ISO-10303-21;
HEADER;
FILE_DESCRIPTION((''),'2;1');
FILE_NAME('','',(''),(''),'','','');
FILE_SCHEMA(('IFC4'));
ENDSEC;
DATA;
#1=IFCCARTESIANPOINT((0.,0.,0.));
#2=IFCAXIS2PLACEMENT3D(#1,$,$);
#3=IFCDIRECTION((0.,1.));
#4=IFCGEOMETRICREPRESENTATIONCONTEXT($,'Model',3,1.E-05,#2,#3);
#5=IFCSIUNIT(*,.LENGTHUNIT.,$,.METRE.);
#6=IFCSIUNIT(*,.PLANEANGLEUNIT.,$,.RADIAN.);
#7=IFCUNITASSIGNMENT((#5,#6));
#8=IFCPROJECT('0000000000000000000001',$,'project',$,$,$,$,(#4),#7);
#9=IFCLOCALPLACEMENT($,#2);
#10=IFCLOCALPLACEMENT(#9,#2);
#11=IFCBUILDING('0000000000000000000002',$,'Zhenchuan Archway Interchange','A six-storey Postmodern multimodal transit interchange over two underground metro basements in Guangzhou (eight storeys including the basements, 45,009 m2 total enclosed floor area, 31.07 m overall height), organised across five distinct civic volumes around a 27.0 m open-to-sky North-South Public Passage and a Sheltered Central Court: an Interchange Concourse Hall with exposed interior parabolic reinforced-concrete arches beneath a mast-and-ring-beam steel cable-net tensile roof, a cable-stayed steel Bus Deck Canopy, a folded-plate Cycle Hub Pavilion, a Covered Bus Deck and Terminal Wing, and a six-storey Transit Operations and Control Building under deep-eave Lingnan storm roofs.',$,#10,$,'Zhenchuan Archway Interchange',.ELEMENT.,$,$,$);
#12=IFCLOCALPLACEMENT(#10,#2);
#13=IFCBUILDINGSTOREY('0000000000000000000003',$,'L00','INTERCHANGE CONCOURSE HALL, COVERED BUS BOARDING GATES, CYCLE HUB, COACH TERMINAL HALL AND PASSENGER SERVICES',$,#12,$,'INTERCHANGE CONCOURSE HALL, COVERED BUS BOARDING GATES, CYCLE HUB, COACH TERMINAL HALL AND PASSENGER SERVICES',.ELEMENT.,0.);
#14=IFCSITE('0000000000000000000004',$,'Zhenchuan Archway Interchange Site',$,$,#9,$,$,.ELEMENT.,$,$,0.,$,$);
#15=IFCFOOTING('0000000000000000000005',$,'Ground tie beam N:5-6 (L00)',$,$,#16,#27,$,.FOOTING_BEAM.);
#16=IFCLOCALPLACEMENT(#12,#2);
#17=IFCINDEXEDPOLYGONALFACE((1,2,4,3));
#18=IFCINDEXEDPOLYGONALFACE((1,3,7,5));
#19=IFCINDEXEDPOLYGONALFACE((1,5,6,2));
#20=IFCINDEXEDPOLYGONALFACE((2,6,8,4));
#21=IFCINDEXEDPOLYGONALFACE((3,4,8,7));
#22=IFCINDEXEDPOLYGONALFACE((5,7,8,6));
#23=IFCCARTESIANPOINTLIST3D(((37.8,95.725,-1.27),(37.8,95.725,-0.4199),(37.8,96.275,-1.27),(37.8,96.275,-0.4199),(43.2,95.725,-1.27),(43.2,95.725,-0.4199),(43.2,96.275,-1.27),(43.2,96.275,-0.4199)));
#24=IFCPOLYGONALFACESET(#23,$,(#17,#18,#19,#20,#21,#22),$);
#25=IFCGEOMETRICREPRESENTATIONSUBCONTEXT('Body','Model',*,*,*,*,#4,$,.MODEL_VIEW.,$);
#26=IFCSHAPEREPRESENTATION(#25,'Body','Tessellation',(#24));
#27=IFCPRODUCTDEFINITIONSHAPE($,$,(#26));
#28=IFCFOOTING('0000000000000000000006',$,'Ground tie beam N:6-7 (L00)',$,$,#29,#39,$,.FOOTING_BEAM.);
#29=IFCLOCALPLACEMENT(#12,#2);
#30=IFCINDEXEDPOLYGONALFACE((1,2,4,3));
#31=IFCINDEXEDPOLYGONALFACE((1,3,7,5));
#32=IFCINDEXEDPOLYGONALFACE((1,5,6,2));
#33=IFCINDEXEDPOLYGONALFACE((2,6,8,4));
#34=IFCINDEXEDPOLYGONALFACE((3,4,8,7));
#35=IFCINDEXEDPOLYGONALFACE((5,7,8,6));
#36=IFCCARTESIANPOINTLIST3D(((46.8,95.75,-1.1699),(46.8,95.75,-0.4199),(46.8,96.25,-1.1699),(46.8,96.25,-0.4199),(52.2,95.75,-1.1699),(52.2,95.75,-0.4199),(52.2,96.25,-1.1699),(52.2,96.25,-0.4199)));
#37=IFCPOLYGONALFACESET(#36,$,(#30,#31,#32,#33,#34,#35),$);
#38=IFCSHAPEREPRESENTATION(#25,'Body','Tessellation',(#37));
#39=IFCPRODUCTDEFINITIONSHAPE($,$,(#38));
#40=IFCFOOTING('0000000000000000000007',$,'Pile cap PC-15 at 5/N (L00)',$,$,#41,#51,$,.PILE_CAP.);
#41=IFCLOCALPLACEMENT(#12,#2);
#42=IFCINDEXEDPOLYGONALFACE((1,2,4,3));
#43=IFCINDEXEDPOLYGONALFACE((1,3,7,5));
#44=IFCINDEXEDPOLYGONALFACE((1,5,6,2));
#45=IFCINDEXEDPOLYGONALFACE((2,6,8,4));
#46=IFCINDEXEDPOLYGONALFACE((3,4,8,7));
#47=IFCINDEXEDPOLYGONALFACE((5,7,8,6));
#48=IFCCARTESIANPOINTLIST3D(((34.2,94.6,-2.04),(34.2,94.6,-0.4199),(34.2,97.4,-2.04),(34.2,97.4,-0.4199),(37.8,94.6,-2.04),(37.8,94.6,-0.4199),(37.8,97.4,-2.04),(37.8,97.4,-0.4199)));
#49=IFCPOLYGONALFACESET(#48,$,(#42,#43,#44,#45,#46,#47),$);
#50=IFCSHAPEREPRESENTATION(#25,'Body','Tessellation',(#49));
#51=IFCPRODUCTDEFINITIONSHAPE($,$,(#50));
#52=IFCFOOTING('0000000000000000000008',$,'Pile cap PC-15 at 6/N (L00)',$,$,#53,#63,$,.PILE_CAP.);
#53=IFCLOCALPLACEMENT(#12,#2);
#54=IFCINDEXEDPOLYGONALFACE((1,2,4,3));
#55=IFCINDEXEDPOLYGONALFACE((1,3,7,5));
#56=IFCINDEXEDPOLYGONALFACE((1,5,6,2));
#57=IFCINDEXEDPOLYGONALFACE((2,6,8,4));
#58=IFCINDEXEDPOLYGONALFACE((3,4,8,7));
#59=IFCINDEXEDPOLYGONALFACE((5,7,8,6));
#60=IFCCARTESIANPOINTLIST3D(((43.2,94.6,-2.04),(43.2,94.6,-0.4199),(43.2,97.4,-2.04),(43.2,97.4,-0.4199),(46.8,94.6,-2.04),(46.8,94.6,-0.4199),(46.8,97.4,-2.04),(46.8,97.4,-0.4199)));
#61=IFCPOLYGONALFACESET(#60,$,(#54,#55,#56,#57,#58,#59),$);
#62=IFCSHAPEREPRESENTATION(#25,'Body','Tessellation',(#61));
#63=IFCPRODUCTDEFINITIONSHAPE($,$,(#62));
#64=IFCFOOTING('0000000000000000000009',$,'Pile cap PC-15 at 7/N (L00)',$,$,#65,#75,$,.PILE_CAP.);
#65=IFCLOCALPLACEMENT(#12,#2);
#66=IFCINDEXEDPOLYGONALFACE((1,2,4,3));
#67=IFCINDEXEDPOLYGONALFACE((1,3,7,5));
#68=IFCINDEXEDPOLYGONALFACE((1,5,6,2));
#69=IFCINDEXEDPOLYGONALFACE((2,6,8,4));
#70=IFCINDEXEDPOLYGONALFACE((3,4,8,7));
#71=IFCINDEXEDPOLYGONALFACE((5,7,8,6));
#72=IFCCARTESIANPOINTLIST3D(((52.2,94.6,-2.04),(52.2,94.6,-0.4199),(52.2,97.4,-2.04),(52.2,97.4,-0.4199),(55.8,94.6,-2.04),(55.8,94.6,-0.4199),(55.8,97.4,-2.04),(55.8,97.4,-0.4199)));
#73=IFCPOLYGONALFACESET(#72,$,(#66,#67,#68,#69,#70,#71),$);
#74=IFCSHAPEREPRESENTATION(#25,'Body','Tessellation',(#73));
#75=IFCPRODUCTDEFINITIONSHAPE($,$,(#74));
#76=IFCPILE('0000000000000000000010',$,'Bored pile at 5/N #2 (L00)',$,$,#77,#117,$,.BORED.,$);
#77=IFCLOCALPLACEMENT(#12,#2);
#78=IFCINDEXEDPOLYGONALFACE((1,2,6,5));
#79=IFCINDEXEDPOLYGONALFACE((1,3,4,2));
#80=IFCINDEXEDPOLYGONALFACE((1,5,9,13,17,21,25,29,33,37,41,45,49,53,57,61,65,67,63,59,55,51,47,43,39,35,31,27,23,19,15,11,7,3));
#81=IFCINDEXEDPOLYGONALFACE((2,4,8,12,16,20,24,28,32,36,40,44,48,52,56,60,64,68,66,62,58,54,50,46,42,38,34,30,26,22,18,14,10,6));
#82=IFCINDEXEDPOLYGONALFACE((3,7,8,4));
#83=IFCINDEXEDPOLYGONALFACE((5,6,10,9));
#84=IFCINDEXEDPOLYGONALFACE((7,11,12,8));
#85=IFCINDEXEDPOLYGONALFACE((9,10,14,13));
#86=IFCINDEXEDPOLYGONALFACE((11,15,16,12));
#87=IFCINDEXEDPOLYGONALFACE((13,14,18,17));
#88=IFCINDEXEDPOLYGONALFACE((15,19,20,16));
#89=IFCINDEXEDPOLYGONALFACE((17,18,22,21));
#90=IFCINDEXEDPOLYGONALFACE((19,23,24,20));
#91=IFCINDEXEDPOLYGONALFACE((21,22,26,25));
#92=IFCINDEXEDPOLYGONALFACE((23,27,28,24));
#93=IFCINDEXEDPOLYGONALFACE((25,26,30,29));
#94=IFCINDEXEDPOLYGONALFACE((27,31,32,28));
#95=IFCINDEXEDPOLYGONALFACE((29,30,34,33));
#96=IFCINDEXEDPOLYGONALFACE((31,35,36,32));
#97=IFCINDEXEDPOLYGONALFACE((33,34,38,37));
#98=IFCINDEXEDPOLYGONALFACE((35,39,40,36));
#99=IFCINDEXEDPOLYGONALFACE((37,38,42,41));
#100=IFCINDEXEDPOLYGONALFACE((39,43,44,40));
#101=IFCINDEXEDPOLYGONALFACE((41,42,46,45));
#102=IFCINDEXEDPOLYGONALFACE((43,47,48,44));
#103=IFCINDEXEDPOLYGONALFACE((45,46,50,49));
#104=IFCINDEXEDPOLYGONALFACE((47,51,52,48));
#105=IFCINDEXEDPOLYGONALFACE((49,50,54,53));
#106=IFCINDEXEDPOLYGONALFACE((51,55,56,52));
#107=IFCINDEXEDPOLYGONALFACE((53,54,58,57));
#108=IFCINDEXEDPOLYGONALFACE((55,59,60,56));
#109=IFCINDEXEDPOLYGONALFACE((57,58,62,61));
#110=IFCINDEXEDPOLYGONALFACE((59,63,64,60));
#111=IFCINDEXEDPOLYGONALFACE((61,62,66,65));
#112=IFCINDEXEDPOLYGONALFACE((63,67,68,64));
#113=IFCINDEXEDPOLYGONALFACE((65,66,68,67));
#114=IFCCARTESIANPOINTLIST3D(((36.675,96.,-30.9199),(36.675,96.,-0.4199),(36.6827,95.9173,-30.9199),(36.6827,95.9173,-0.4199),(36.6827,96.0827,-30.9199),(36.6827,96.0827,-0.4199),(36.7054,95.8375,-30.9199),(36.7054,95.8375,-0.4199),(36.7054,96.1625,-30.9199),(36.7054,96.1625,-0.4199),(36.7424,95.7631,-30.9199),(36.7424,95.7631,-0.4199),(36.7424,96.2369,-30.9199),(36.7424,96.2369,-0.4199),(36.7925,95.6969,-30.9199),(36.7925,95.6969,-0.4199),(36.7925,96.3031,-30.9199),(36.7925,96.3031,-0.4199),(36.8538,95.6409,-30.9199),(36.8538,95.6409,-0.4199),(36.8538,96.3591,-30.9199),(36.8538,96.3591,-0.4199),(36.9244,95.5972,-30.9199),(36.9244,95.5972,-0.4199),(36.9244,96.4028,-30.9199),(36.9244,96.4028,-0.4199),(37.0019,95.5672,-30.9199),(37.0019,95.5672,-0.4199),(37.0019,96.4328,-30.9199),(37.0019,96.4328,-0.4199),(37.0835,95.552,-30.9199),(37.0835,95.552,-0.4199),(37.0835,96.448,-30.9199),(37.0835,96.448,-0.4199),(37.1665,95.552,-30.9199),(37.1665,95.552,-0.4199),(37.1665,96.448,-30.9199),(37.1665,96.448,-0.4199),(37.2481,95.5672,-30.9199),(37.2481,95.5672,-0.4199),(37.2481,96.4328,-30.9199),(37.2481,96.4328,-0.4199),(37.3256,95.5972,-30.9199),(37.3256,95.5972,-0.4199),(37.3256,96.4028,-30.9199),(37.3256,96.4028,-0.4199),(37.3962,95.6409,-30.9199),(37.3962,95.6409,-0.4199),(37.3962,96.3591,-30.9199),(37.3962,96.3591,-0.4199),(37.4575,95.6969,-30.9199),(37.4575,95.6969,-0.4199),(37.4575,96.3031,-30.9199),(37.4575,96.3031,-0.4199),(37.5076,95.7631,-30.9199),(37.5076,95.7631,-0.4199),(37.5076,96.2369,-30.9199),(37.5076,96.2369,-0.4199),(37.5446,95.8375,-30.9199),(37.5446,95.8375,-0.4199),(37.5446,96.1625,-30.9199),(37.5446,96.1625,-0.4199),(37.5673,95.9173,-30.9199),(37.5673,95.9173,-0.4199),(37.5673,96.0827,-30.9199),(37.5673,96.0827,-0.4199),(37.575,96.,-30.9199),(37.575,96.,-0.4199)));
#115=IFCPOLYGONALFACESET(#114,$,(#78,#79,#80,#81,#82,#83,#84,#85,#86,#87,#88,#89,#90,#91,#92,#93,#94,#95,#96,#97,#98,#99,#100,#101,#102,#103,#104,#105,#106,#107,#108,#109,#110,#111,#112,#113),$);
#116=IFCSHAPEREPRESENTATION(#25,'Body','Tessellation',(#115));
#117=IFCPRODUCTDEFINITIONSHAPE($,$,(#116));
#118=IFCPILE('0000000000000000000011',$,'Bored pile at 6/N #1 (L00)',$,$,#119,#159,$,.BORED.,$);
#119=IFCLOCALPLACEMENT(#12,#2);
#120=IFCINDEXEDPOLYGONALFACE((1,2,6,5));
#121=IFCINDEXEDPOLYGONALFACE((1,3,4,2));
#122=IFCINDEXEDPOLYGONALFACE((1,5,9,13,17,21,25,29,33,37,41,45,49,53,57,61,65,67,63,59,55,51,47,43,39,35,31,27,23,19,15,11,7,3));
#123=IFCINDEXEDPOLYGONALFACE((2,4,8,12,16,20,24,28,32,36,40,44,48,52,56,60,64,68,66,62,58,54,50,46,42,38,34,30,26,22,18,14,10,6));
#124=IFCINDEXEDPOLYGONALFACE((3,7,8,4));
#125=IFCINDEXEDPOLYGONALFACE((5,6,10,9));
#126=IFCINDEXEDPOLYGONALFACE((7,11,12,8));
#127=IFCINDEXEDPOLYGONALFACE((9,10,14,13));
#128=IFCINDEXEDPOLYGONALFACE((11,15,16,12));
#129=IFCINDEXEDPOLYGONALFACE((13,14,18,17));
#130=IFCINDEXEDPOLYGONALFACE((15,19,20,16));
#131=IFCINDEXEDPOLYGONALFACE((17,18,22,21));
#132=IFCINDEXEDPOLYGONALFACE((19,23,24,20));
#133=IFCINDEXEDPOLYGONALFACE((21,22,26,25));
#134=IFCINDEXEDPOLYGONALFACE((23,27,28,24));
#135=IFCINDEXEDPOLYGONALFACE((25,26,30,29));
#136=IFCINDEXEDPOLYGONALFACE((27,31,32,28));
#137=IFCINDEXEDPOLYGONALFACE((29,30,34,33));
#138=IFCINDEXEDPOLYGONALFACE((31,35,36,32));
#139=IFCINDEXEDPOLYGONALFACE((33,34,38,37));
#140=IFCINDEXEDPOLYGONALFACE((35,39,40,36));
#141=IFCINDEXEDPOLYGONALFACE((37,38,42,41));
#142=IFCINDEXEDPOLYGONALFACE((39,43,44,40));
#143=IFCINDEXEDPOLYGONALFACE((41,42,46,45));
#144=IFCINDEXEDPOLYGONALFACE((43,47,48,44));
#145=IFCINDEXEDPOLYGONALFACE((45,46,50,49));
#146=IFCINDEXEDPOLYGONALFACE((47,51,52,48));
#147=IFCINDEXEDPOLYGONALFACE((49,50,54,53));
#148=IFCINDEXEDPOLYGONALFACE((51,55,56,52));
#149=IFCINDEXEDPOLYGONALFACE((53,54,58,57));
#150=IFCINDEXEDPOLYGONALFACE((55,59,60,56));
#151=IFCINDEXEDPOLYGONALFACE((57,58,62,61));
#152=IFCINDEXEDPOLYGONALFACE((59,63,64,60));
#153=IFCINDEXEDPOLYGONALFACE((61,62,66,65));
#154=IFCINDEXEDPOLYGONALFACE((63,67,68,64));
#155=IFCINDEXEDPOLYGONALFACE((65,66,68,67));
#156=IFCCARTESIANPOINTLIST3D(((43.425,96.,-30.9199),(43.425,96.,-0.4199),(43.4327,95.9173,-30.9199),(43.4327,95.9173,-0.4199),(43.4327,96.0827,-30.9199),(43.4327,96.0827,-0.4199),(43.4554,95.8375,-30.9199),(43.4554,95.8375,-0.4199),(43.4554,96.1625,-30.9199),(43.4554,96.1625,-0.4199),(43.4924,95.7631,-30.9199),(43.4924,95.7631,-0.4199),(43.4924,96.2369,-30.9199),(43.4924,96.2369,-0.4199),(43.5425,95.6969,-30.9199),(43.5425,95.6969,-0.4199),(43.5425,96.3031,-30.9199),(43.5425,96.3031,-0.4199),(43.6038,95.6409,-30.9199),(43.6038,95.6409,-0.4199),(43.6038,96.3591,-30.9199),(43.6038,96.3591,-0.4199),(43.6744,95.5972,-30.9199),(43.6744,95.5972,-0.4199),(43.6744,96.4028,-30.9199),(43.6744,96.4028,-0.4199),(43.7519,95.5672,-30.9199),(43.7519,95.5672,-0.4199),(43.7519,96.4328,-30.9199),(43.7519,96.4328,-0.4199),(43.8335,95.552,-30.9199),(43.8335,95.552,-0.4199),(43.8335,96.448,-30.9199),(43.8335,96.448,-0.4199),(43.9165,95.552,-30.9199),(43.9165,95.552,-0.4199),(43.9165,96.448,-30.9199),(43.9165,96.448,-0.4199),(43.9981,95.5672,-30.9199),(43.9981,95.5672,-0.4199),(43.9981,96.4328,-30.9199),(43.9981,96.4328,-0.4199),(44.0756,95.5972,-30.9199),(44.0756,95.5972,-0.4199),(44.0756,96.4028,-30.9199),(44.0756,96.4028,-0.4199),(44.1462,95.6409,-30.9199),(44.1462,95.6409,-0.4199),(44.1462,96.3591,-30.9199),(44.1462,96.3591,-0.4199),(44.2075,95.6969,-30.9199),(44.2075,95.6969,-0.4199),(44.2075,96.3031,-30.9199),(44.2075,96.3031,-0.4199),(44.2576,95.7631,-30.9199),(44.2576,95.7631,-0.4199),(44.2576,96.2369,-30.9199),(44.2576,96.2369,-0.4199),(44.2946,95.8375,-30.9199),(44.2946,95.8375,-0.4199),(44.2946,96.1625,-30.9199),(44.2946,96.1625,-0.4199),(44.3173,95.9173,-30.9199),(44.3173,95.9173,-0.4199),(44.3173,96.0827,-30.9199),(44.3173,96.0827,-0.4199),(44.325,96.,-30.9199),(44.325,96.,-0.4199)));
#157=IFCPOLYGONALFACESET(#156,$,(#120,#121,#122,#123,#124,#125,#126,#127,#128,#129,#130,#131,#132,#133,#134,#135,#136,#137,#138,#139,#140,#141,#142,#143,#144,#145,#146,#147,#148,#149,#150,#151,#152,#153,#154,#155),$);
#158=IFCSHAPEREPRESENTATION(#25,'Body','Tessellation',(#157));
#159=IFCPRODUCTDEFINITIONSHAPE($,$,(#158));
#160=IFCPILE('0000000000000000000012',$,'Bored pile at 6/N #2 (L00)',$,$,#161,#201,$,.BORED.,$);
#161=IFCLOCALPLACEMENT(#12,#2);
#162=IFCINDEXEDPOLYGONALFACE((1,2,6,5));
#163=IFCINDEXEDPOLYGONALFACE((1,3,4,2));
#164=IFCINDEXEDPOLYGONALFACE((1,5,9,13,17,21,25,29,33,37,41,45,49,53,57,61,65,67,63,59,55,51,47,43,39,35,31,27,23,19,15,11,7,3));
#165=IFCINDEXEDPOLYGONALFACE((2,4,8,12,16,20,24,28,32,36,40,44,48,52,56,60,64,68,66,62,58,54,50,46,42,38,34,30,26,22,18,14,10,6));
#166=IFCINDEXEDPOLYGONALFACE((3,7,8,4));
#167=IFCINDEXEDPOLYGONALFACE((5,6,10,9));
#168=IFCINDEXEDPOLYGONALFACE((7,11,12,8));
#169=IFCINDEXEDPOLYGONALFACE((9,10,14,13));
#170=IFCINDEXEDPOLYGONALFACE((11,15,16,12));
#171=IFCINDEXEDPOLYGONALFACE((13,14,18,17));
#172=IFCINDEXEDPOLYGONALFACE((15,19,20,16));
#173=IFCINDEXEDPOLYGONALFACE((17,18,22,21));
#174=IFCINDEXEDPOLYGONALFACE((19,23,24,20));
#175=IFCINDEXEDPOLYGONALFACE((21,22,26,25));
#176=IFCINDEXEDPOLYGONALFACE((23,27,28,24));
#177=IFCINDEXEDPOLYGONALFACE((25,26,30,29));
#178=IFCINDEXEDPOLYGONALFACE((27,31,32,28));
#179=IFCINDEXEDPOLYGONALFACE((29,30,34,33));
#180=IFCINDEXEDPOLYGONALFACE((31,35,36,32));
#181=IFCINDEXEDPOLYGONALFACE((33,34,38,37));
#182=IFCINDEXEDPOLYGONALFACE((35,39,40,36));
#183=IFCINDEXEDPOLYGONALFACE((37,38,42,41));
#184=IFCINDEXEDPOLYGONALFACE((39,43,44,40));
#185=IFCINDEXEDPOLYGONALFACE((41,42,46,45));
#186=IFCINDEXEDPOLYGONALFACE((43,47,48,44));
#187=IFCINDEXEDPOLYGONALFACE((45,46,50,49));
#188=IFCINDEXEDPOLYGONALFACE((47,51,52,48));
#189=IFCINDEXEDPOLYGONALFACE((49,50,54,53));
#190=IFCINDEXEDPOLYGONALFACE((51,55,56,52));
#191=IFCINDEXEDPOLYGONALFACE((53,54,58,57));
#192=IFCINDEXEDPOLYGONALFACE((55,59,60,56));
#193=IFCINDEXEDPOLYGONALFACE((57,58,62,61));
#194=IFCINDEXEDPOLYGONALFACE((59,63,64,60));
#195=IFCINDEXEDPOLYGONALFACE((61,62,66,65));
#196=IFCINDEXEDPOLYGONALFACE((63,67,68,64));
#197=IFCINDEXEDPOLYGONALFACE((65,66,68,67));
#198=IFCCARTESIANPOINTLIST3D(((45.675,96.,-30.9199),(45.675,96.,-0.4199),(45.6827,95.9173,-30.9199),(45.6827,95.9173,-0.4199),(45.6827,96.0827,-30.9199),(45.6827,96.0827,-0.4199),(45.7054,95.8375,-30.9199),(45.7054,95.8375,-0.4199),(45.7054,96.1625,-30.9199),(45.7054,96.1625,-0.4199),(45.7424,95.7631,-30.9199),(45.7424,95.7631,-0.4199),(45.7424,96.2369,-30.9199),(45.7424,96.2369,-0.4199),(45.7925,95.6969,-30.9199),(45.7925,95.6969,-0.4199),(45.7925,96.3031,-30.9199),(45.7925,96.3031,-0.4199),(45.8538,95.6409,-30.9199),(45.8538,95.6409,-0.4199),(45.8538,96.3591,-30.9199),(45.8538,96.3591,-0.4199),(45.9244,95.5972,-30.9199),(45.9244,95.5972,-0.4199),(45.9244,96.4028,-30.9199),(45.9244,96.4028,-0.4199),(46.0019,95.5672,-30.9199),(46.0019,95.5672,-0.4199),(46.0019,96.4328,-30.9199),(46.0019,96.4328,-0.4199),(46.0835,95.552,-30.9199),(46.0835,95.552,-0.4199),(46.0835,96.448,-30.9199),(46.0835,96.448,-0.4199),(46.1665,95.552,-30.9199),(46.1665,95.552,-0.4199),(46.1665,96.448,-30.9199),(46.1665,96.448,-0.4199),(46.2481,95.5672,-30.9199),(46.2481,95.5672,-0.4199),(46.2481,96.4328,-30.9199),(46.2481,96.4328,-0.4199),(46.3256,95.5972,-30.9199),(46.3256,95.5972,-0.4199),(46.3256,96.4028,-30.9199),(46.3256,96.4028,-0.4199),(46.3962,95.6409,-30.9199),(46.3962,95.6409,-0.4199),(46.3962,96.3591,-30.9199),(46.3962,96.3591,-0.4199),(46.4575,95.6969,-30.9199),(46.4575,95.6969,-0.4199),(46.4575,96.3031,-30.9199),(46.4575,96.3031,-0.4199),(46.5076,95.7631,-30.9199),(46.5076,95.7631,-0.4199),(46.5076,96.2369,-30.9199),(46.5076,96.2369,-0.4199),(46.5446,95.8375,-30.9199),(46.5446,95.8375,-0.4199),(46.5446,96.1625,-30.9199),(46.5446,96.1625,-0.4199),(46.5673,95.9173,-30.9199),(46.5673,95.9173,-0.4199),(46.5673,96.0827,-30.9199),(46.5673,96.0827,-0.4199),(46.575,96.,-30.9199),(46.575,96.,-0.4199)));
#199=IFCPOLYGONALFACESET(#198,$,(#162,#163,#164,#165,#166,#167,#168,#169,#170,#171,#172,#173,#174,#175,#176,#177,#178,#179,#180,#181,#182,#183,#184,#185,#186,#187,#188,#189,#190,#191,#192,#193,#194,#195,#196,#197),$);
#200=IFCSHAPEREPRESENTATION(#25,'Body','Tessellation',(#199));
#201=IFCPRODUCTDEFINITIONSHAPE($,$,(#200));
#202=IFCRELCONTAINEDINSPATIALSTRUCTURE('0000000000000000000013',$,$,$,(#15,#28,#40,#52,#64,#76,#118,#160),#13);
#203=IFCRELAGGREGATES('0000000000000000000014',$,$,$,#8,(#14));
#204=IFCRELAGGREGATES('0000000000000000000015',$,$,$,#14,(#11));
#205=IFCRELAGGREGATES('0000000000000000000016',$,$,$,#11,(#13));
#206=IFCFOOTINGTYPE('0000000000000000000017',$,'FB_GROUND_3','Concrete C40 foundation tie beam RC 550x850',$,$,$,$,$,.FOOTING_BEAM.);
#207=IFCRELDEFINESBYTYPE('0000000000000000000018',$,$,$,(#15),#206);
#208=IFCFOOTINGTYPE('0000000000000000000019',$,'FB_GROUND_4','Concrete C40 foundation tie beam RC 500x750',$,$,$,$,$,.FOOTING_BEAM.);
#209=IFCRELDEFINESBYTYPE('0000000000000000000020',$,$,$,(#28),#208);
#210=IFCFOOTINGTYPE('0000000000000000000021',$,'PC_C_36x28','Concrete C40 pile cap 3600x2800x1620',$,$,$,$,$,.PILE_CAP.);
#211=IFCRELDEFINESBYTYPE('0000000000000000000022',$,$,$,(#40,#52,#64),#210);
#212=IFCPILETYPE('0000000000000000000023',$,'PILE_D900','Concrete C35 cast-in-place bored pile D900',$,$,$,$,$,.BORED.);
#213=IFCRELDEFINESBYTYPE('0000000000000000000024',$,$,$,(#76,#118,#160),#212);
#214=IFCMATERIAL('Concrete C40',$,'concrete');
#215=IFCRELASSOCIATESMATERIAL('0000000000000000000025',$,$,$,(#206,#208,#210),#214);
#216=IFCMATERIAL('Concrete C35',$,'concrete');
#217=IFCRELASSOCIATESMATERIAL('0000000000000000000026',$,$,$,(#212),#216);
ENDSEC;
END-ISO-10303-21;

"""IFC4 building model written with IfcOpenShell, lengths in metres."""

from ifc_helpers import new_model, si_unit, direction, frame, origin, origin_2d, place, context, subcontext, project, spatial, rectangle, circle, extrude, material, material_profile, profile_set, type_object, element, save


model = new_model("IFC4")

# Units and contexts
model_context = context("Model", 3, precision=1e-05, world=origin(), true_north=direction((0.0, 1.0)))
body_context = subcontext(model_context, "Body", "Model", "MODEL_VIEW")
ifc_project = project(units=[si_unit("LENGTHUNIT", "METRE"), si_unit("PLANEANGLEUNIT", "RADIAN")], contexts=[model_context])

# Site, building, storey
site_placement = place(None, origin())
site = spatial("IfcSite", under=ifc_project, at=site_placement, Name="Zhenchuan Archway Interchange Site", CompositionType="ELEMENT", RefElevation=0.0)
building_placement = place(site_placement, origin())
building = spatial("IfcBuilding", under=site, at=building_placement, Name="Zhenchuan Archway Interchange", Description="A six-storey Postmodern multimodal transit interchange over two underground metro basements in Guangzhou (eight storeys including the basements, 45,009 m2 total enclosed floor area, 31.07 m overall height), organised across five distinct civic volumes around a 27.0 m open-to-sky North-South Public Passage and a Sheltered Central Court: an Interchange Concourse Hall with exposed interior parabolic reinforced-concrete arches beneath a mast-and-ring-beam steel cable-net tensile roof, a cable-stayed steel Bus Deck Canopy, a folded-plate Cycle Hub Pavilion, a Covered Bus Deck and Terminal Wing, and a six-storey Transit Operations and Control Building under deep-eave Lingnan storm roofs.", LongName="Zhenchuan Archway Interchange", CompositionType="ELEMENT")
storey_placement = place(building_placement, origin())
storey = spatial("IfcBuildingStorey", under=building, at=storey_placement, Name="L00", Description="INTERCHANGE CONCOURSE HALL, COVERED BUS BOARDING GATES, CYCLE HUB, COACH TERMINAL HALL AND PASSENGER SERVICES", LongName="INTERCHANGE CONCOURSE HALL, COVERED BUS BOARDING GATES, CYCLE HUB, COACH TERMINAL HALL AND PASSENGER SERVICES", CompositionType="ELEMENT", Elevation=0.0)

# Footings
ifc_material_1 = material(Name="Concrete C40", Category="concrete")
ifc_material_profile_1 = material_profile(ifc_material_1, rectangle(XDim=0.55, YDim=0.8501, at=origin_2d()), Name="RC 550x850")
ifc_profile_set_1 = profile_set([ifc_material_profile_1], Name="Concrete C40")
footing_type_1 = type_object("IfcFootingType", Name="FB_GROUND_3", Description="Concrete C40 foundation tie beam RC 550x850", PredefinedType="FOOTING_BEAM", material=ifc_profile_set_1)
footing_1_placement = place(storey_placement, frame((37.8, 96.0, -0.845), z_axis=(1.0, 0.0, 0.0), x_axis=(0.0, 1.0, 0.0)))
element("IfcFooting", 1, at=footing_1_placement, inside=storey, type_object=footing_type_1, Name="Ground tie beam N:5-6 (L00)", PredefinedType="FOOTING_BEAM", context=body_context, shape_type="SweptSolid", body=[
    extrude(rectangle(XDim=0.55, YDim=0.8501, at=origin_2d()), origin(), (0.0, 0.0, 1.0), 5.3999),
])
ifc_material_profile_2 = material_profile(ifc_material_1, rectangle(XDim=0.5, YDim=0.75, at=origin_2d()), Name="RC 500x750")
ifc_profile_set_2 = profile_set([ifc_material_profile_2], Name="Concrete C40")
footing_type_2 = type_object("IfcFootingType", Name="FB_GROUND_4", Description="Concrete C40 foundation tie beam RC 500x750", PredefinedType="FOOTING_BEAM", material=ifc_profile_set_2)
footing_2_placement = place(storey_placement, frame((46.8, 96.0, -0.7949), z_axis=(1.0, 0.0, 0.0), x_axis=(0.0, 1.0, 0.0)))
element("IfcFooting", 2, at=footing_2_placement, inside=storey, type_object=footing_type_2, Name="Ground tie beam N:6-7 (L00)", PredefinedType="FOOTING_BEAM", context=body_context, shape_type="SweptSolid", body=[
    extrude(rectangle(XDim=0.5, YDim=0.75, at=origin_2d()), origin(), (0.0, 0.0, 1.0), 5.3999),
])
footing_type_3 = type_object("IfcFootingType", Name="PC_C_36x28", Description="Concrete C40 pile cap 3600x2800x1620", PredefinedType="PILE_CAP", material=ifc_material_1)
for number, where, z_axis, x_axis, name in (
    (3, (36.0, 96.0, -2.04), (0.0, 0.0, 1.0), (1.0, 0.0, 0.0), "Pile cap PC-15 at 5/N (L00)"),
    (4, (45.0, 96.0, -2.04), (0.0, 0.0, 1.0), (1.0, 0.0, 0.0), "Pile cap PC-15 at 6/N (L00)"),
    (5, (54.0, 96.0, -2.04), (0.0, 0.0, 1.0), (1.0, 0.0, 0.0), "Pile cap PC-15 at 7/N (L00)"),
):
    element("IfcFooting", number, at=place(storey_placement, frame(where, z_axis=z_axis, x_axis=x_axis)), inside=storey, type_object=footing_type_3, Name=name, PredefinedType="PILE_CAP", context=body_context, shape_type="SweptSolid", body=[
        extrude(rectangle(XDim=3.6001, YDim=2.8, at=origin_2d()), origin(), (0.0, 0.0, 1.0), 1.6201),
    ])

# Piles
ifc_material_2 = material(Name="Concrete C35", Category="concrete")
ifc_material_profile_3 = material_profile(ifc_material_2, circle(Radius=0.45, at=origin_2d()), Name="BORED PILE 900")
ifc_profile_set_3 = profile_set([ifc_material_profile_3], Name="Concrete C35")
pile_type = type_object("IfcPileType", Name="PILE_D900", Description="Concrete C35 cast-in-place bored pile D900", PredefinedType="BORED", material=ifc_profile_set_3)
for number, where, z_axis, x_axis, name in (
    (6, (37.125, 96.0, -0.4199), (0.0, 0.0, -1.0), (1.0, 0.0, 0.0), "Bored pile at 5/N #2 (L00)"),
    (7, (43.875, 96.0, -0.4199), (0.0, 0.0, -1.0), (1.0, 0.0, 0.0), "Bored pile at 6/N #1 (L00)"),
    (8, (46.125, 96.0, -0.4199), (0.0, 0.0, -1.0), (1.0, 0.0, 0.0), "Bored pile at 6/N #2 (L00)"),
):
    element("IfcPile", number, at=place(storey_placement, frame(where, z_axis=z_axis, x_axis=x_axis)), inside=storey, type_object=pile_type, Name=name, PredefinedType="BORED", context=body_context, shape_type="SweptSolid", body=[
        extrude(circle(Radius=0.45, at=origin_2d()), origin(), (0.0, 0.0, 1.0), 30.5),
    ])

save(model, "model.ifc")
